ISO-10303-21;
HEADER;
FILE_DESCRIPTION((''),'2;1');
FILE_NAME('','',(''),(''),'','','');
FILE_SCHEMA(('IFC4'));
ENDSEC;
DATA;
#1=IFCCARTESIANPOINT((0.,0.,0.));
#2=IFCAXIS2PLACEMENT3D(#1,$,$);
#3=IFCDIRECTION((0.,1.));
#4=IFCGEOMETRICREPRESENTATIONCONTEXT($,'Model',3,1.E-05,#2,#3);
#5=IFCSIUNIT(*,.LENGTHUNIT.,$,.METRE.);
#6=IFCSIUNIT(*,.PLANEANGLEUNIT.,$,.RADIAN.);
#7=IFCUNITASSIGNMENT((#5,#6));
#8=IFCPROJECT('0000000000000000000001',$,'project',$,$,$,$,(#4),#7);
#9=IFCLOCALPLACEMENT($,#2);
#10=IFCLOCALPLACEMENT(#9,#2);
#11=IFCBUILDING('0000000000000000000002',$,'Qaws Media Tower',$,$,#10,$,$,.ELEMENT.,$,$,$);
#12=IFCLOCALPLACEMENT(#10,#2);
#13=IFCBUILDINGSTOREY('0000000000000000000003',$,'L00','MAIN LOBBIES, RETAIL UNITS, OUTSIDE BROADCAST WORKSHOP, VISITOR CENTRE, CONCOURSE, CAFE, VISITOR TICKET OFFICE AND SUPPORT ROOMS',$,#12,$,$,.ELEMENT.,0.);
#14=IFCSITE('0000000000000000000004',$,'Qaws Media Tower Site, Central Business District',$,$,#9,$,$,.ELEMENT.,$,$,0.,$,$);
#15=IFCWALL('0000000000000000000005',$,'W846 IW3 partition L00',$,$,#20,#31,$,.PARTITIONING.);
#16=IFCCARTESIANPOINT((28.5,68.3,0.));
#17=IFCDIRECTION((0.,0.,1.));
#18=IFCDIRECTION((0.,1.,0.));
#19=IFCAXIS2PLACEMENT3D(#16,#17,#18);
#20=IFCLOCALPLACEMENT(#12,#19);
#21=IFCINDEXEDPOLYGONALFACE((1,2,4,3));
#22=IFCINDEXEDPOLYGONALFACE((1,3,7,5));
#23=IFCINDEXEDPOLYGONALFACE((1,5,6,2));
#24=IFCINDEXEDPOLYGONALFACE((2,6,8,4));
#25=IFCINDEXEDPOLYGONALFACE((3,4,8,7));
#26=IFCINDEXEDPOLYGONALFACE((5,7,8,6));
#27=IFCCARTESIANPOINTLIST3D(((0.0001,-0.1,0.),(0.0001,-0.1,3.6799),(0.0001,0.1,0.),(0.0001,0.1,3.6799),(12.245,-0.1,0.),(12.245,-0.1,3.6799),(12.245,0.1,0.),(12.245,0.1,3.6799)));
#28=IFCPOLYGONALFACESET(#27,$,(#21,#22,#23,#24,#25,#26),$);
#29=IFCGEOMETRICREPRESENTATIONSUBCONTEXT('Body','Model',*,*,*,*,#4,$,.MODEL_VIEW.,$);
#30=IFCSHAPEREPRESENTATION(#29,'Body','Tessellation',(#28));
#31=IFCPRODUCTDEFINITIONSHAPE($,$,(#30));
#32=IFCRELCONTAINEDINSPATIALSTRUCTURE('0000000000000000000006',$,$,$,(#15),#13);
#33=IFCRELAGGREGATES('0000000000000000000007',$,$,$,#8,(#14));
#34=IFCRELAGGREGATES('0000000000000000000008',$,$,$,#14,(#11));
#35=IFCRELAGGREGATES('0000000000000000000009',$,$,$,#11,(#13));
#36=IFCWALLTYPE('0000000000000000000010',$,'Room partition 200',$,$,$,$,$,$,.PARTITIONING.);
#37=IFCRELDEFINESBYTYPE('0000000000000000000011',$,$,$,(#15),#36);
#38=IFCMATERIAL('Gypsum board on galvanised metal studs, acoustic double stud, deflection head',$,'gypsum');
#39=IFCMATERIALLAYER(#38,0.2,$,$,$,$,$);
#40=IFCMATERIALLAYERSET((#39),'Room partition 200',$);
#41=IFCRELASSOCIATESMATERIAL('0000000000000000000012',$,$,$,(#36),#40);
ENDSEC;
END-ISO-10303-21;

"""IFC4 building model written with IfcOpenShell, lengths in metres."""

from ifc_helpers import new_model, si_unit, direction, frame, frame_2d, origin, place, context, subcontext, project, spatial, rectangle, extrude, material, layer, layer_set, type_object, element, save


model = new_model("IFC4")

# Units and contexts
model_context = context("Model", 3, precision=1e-05, world=origin(), true_north=direction((0.0, 1.0)))
body_context = subcontext(model_context, "Body", "Model", "MODEL_VIEW")
ifc_project = project(units=[si_unit("LENGTHUNIT", "METRE"), si_unit("PLANEANGLEUNIT", "RADIAN")], contexts=[model_context])

# Site, building, storey
site_placement = place(None, origin())
site = spatial("IfcSite", under=ifc_project, at=site_placement, Name="Qaws Media Tower Site, Central Business District", CompositionType="ELEMENT", RefElevation=0.0)
building_placement = place(site_placement, origin())
building = spatial("IfcBuilding", under=site, at=building_placement, Name="Qaws Media Tower", CompositionType="ELEMENT")
storey_placement = place(building_placement, origin())
storey = spatial("IfcBuildingStorey", under=building, at=storey_placement, Name="L00", Description="MAIN LOBBIES, RETAIL UNITS, OUTSIDE BROADCAST WORKSHOP, VISITOR CENTRE, CONCOURSE, CAFE, VISITOR TICKET OFFICE AND SUPPORT ROOMS", CompositionType="ELEMENT", Elevation=0.0)

# Wall
ifc_material_1 = material(Name="Gypsum board on galvanised metal studs, acoustic double stud, deflection head", Category="gypsum")
ifc_layer_1 = layer(ifc_material_1, 0.2)
ifc_layer_set_1 = layer_set([ifc_layer_1], Name="Room partition 200")
wall_type_1 = type_object("IfcWallType", Name="Room partition 200", PredefinedType="PARTITIONING", material=ifc_layer_set_1)
wall_1_placement = place(storey_placement, frame((28.5, 68.3, 0.0), z_axis=(0.0, 0.0, 1.0), x_axis=(0.0, 1.0, 0.0)))
element("IfcWall", 1, at=wall_1_placement, inside=storey, type_object=wall_type_1, Name="W846 IW3 partition L00", PredefinedType="PARTITIONING", context=body_context, shape_type="SweptSolid", body=[
    extrude(rectangle(XDim=12.2449, YDim=0.2, at=frame_2d((6.1226, 0.0))), origin(), (0.0, 0.0, 1.0), 3.6799),
])

save(model, "model.ifc")
